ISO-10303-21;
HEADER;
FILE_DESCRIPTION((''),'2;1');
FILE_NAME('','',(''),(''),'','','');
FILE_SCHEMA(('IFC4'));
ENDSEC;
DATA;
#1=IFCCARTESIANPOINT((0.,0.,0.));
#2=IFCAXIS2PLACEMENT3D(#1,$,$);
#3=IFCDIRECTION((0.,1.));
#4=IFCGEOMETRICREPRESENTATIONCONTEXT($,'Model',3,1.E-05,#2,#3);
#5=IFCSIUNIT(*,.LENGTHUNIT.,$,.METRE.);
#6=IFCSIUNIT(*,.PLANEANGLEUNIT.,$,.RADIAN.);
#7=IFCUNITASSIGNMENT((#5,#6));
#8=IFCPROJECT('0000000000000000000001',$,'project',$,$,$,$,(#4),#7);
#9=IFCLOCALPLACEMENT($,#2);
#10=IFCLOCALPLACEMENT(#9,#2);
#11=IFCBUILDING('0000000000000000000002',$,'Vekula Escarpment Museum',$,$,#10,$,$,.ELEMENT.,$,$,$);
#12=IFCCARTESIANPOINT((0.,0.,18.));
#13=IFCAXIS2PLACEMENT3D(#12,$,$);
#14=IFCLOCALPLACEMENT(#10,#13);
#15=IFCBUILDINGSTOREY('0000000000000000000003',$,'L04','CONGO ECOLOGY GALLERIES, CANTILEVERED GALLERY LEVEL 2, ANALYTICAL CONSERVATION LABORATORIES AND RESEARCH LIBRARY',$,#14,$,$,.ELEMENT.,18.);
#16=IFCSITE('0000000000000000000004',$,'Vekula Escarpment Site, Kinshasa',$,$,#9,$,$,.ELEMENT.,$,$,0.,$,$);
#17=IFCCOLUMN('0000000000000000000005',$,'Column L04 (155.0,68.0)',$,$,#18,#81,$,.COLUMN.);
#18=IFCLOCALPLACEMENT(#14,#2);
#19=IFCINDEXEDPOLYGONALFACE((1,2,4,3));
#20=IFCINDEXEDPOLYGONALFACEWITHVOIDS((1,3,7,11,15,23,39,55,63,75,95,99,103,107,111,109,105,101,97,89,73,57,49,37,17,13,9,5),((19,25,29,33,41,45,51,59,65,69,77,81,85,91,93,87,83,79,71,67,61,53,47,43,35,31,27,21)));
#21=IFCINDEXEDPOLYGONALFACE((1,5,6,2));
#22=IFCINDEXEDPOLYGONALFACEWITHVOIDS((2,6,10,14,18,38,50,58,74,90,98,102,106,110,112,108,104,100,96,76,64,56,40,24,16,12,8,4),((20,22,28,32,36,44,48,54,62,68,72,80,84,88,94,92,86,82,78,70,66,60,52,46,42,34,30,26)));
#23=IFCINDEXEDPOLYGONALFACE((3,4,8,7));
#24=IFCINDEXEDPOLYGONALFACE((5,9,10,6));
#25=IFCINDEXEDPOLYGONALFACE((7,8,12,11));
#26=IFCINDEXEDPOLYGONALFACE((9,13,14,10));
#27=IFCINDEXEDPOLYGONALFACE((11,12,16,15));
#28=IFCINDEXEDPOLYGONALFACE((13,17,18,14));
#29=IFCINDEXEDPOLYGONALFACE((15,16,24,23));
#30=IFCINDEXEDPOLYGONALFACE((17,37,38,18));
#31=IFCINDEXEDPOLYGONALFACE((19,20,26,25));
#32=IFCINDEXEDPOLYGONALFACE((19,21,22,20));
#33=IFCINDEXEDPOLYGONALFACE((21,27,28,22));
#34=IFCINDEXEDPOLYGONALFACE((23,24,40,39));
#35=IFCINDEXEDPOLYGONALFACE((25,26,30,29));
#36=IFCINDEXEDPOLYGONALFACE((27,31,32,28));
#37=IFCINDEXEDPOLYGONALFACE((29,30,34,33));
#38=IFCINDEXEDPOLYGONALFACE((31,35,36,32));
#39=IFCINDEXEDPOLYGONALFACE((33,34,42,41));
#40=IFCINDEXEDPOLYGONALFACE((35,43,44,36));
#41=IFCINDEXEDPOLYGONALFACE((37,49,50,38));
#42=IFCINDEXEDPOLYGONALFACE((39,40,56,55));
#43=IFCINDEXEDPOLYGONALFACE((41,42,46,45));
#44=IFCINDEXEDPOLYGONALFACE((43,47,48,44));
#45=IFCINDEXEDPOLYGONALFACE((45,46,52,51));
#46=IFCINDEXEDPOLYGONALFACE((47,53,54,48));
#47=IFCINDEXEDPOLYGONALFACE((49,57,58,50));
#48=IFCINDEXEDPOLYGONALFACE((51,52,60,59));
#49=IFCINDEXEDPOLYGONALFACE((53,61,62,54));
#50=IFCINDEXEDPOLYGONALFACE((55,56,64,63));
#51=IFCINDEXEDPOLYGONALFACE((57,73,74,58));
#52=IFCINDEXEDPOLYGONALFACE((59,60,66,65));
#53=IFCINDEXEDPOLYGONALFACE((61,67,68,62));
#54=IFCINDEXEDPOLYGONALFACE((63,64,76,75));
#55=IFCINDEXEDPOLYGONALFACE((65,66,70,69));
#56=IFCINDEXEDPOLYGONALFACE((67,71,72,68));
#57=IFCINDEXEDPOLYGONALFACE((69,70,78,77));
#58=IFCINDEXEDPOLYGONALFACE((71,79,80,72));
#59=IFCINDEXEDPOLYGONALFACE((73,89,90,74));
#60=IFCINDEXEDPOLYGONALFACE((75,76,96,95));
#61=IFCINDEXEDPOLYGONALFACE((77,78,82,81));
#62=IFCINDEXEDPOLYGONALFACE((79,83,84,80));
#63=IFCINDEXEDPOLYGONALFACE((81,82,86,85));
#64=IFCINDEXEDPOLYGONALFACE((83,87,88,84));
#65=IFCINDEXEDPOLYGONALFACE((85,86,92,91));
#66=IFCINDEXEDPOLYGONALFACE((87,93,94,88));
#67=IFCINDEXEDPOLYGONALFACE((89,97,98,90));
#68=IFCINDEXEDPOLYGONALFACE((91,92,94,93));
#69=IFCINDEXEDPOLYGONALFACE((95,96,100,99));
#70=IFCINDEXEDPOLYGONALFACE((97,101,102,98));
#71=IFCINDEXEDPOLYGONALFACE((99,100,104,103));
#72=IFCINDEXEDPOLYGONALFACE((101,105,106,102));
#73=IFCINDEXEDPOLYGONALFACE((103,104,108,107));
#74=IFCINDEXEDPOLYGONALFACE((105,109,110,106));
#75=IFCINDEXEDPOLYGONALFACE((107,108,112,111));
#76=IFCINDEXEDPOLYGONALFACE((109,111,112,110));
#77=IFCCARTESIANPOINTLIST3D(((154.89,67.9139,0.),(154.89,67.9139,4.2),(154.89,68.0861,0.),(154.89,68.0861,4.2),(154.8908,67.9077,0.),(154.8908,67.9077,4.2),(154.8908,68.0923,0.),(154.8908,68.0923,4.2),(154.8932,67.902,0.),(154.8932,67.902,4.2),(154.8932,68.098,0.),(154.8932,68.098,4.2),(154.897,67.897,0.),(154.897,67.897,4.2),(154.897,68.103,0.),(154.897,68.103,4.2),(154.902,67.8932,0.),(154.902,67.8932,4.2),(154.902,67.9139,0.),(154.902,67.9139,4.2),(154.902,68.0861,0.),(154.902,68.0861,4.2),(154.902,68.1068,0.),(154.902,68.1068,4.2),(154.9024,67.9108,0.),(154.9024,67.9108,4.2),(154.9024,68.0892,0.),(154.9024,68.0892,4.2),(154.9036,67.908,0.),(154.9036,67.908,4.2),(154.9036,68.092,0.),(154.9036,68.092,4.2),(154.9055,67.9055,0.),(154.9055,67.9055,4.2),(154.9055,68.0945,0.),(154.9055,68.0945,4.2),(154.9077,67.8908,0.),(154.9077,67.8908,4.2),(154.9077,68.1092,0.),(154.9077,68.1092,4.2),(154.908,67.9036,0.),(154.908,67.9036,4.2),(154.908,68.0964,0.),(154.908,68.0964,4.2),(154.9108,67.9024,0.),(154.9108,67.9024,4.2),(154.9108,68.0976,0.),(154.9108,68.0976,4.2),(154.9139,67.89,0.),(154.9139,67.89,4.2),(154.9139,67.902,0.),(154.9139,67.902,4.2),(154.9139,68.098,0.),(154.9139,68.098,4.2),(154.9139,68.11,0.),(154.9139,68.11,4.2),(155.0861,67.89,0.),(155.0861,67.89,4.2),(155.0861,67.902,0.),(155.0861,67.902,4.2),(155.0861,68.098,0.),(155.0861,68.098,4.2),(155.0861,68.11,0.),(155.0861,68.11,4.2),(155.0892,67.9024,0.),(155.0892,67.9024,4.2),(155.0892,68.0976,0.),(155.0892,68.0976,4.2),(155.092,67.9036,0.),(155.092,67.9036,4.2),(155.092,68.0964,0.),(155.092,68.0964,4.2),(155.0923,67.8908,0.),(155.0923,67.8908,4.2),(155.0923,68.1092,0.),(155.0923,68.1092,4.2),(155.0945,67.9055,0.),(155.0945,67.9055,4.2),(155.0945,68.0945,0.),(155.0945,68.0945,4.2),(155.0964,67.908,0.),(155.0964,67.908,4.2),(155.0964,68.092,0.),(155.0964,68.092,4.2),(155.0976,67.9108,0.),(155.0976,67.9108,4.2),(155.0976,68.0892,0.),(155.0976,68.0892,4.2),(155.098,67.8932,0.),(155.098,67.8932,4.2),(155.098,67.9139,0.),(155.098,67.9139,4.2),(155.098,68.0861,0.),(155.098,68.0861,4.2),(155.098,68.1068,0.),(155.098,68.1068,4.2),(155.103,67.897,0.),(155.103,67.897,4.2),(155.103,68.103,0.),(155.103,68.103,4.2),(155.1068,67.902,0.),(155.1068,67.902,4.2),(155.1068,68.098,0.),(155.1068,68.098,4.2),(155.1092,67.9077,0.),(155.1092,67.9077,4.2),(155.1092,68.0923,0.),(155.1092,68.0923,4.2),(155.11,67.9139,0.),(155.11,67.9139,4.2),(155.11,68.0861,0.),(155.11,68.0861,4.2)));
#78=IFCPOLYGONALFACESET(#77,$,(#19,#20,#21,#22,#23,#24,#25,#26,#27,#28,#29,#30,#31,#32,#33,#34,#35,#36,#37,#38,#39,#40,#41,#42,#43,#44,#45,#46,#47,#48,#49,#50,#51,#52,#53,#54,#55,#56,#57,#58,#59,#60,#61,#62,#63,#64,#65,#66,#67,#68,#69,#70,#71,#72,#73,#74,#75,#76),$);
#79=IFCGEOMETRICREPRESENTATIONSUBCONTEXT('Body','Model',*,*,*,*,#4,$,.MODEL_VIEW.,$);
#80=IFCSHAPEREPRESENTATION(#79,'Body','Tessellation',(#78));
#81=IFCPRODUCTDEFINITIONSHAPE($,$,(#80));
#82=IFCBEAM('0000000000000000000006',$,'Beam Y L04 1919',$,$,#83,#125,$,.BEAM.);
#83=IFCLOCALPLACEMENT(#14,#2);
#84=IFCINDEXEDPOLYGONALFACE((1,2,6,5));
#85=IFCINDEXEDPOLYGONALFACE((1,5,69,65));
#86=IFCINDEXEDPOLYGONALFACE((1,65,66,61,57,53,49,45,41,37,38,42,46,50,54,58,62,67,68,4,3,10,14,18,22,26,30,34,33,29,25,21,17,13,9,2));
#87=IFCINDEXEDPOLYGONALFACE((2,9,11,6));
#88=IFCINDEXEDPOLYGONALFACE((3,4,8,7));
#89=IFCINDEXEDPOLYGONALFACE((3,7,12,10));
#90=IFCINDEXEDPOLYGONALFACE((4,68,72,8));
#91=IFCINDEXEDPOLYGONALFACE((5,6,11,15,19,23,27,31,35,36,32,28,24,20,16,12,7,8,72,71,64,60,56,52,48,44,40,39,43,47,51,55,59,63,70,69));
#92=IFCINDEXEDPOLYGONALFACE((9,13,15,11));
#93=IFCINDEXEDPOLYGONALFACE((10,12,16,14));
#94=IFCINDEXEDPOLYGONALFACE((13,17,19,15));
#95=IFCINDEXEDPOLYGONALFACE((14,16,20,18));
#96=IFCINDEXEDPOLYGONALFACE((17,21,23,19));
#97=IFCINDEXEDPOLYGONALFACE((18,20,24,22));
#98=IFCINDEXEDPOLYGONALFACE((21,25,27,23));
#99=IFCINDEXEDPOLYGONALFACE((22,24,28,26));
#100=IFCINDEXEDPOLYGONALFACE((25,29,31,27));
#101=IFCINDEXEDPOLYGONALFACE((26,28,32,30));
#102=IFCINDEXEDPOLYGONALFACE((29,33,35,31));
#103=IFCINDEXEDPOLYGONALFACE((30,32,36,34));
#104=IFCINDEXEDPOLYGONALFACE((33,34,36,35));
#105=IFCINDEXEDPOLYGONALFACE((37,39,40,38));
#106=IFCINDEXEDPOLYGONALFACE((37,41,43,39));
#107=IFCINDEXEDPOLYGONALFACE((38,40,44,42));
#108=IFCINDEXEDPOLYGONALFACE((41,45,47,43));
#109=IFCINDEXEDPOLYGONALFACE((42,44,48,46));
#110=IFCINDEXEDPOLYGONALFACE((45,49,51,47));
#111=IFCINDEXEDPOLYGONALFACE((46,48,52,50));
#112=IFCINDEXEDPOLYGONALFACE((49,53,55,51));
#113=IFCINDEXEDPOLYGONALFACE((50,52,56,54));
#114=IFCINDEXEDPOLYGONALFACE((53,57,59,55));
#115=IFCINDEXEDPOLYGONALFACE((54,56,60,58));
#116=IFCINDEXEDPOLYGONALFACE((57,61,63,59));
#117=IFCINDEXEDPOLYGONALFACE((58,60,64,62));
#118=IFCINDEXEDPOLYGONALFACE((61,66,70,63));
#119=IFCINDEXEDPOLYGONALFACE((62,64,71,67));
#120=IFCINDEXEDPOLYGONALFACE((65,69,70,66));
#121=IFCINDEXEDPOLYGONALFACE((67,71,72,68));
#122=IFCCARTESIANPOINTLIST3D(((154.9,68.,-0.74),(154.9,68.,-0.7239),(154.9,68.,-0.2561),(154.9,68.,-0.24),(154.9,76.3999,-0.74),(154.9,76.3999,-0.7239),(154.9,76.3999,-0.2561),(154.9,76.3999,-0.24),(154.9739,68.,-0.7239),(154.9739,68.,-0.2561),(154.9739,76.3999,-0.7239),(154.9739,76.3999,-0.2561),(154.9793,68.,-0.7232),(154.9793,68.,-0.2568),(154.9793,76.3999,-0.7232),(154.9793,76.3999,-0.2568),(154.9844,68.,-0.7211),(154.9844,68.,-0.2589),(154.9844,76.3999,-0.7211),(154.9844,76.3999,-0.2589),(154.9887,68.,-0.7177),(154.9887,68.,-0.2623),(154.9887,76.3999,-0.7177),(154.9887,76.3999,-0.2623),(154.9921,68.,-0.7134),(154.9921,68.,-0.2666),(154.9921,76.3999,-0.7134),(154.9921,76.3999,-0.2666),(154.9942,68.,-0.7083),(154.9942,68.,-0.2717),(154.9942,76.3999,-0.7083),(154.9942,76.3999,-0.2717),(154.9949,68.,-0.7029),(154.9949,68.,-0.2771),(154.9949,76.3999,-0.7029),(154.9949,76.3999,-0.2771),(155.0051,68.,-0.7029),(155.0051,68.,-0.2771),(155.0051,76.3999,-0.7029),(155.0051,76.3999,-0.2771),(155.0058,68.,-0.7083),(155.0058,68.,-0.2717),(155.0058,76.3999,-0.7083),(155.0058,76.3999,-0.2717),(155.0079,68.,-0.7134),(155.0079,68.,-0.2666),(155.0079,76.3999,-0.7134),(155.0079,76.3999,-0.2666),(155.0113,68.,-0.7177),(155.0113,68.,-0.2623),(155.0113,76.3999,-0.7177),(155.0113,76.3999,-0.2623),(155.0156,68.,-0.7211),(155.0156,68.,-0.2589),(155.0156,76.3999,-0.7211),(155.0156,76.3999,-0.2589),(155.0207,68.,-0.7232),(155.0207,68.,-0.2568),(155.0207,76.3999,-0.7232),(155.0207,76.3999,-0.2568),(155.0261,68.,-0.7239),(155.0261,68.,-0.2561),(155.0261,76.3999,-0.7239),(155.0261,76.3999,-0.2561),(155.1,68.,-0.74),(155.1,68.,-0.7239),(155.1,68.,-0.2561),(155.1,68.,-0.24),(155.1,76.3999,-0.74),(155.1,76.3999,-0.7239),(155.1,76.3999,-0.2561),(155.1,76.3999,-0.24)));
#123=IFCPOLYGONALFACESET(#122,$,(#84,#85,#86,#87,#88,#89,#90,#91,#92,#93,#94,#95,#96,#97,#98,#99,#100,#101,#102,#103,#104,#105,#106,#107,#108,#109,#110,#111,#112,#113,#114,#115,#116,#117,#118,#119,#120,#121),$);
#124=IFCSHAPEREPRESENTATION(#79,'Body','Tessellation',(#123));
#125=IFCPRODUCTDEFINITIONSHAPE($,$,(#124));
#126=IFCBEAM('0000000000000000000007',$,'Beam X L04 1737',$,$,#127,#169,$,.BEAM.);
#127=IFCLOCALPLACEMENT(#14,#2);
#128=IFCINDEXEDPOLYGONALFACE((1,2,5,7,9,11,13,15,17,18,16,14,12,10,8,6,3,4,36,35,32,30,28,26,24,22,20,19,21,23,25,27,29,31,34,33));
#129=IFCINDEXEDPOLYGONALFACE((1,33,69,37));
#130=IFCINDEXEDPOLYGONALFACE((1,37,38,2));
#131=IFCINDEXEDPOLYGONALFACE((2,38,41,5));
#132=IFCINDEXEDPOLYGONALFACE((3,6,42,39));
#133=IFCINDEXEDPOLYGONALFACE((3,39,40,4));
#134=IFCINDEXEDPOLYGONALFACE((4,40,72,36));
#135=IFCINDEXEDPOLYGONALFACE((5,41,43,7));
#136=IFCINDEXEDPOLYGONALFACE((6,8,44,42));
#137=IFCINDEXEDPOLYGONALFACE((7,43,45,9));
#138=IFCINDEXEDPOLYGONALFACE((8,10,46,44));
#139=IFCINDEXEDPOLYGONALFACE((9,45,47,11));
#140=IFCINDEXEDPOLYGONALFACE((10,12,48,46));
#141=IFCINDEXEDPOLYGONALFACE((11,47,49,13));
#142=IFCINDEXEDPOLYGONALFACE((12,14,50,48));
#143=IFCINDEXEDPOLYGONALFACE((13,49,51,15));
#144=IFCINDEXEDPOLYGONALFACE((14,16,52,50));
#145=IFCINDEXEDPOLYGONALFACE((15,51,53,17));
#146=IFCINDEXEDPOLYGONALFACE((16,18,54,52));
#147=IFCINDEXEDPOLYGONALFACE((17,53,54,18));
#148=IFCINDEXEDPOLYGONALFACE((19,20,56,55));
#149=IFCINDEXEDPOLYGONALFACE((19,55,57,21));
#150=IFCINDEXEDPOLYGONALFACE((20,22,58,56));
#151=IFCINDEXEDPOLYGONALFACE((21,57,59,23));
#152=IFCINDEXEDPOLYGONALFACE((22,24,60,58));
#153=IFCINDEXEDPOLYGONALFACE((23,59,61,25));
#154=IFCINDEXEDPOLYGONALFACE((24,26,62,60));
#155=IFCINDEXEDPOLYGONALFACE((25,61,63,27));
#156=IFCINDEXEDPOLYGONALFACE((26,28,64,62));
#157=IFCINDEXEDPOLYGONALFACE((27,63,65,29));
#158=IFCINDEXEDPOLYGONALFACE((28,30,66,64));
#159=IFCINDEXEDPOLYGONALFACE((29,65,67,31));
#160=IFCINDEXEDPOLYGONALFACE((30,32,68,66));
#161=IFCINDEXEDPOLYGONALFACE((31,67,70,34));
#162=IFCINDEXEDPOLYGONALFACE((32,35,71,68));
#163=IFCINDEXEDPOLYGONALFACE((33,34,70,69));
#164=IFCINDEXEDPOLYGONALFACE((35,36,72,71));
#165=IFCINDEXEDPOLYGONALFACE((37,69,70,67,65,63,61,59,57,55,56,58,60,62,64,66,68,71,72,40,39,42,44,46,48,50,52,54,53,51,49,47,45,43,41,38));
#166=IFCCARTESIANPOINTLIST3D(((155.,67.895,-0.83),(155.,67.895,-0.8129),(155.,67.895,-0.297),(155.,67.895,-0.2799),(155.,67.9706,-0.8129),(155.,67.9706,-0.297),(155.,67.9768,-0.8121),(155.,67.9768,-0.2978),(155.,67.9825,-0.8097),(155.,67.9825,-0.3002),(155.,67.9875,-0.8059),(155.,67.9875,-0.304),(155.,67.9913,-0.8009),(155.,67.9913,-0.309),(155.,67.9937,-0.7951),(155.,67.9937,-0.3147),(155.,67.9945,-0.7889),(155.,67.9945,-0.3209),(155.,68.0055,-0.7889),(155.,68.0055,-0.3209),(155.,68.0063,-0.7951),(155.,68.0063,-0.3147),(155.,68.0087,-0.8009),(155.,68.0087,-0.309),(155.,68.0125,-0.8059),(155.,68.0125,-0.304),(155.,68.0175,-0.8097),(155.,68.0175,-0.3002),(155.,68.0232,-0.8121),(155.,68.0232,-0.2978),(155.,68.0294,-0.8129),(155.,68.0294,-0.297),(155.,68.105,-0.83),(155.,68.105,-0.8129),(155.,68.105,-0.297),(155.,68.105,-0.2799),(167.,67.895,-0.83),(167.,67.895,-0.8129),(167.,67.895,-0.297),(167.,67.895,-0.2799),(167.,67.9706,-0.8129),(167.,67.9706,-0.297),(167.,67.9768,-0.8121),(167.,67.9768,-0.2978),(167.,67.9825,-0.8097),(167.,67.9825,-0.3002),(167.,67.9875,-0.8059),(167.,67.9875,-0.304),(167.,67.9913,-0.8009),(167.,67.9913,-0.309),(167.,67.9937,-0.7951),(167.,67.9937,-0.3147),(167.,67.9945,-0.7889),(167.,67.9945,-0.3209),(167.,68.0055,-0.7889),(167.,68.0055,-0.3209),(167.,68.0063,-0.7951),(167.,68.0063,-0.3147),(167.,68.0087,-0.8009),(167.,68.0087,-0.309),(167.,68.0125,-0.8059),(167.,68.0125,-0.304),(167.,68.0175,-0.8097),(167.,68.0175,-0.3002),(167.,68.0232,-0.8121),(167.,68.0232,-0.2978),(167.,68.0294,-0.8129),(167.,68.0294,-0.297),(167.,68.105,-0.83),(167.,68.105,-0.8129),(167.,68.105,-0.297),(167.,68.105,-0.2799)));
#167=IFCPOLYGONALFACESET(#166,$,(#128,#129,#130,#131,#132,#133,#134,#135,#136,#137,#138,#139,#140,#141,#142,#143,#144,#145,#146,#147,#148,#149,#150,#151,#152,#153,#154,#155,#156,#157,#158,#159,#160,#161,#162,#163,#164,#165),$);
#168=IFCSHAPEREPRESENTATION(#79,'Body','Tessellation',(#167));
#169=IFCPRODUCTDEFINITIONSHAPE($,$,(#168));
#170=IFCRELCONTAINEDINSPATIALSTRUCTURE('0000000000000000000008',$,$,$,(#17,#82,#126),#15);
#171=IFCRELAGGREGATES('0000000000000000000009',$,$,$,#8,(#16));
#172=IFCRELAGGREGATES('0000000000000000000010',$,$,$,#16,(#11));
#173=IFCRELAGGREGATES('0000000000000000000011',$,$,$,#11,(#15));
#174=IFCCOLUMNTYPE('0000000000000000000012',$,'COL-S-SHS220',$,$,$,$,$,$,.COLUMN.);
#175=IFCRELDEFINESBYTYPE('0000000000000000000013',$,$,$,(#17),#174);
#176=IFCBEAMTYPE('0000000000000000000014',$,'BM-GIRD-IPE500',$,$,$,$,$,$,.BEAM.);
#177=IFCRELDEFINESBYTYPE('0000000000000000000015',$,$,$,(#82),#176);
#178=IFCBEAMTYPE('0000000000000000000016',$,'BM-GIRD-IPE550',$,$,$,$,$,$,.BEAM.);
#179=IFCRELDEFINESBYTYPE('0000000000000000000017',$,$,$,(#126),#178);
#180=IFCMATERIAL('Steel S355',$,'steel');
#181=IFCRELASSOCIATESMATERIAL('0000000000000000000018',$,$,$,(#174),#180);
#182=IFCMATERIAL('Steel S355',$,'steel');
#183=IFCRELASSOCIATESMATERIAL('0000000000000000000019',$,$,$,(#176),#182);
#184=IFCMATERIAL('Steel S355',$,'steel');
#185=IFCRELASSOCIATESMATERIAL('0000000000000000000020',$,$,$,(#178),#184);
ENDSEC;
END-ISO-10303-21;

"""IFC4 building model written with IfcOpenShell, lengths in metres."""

from ifc_helpers import new_model, si_unit, direction, frame, origin, origin_2d, place, context, subcontext, project, spatial, hollow_rectangle, i_section, extrude, material, material_profile, profile_set, type_object, element, save


model = new_model("IFC4")

# Units and contexts
model_context = context("Model", 3, precision=1e-05, world=origin(), true_north=direction((0.0, 1.0)))
body_context = subcontext(model_context, "Body", "Model", "MODEL_VIEW")
ifc_project = project(units=[si_unit("LENGTHUNIT", "METRE"), si_unit("PLANEANGLEUNIT", "RADIAN")], contexts=[model_context])

# Site, building, storey
site_placement = place(None, origin())
site = spatial("IfcSite", under=ifc_project, at=site_placement, Name="Vekula Escarpment Site, Kinshasa", CompositionType="ELEMENT", RefElevation=0.0)
building_placement = place(site_placement, origin())
building = spatial("IfcBuilding", under=site, at=building_placement, Name="Vekula Escarpment Museum", CompositionType="ELEMENT")
storey_placement = place(building_placement, frame((0.0, 0.0, 18.0)))
storey = spatial("IfcBuildingStorey", under=building, at=storey_placement, Name="L04", Description="CONGO ECOLOGY GALLERIES, CANTILEVERED GALLERY LEVEL 2, ANALYTICAL CONSERVATION LABORATORIES AND RESEARCH LIBRARY", CompositionType="ELEMENT", Elevation=18.0)

# Column
ifc_material_1 = material(Name="Steel S355", Category="steel")
ifc_material_profile_1 = material_profile(ifc_material_1, hollow_rectangle(XDim=0.22, YDim=0.22, WallThickness=0.012, InnerFilletRadius=0.012, OuterFilletRadius=0.0239, at=origin_2d()), Name="SHS 220x220x12")
ifc_profile_set_1 = profile_set([ifc_material_profile_1], Name="Steel S355")
column_type = type_object("IfcColumnType", Name="COL-S-SHS220", PredefinedType="COLUMN", material=ifc_profile_set_1)
column_placement = place(storey_placement, frame((155.0, 68.0, 0.0), z_axis=(0.0, 0.0, 1.0), x_axis=(1.0, 0.0, 0.0)))
element("IfcColumn", 1, at=column_placement, inside=storey, type_object=column_type, Name="Column L04 (155.0,68.0)", PredefinedType="COLUMN", context=body_context, shape_type="SweptSolid", body=[
    extrude(hollow_rectangle(XDim=0.22, YDim=0.22, WallThickness=0.012, InnerFilletRadius=0.012, OuterFilletRadius=0.0239, at=origin_2d()), origin(), (0.0, 0.0, 1.0), 4.2),
])

# Beams
ifc_material_2 = material(Name="Steel S355", Category="steel")
ifc_material_profile_2 = material_profile(ifc_material_2, i_section(OverallWidth=0.2, OverallDepth=0.5, WebThickness=0.0103, FlangeThickness=0.0161, FilletRadius=0.021, at=origin_2d()), Name="IPE 500")
ifc_profile_set_2 = profile_set([ifc_material_profile_2], Name="Steel S355")
beam_type_1 = type_object("IfcBeamType", Name="BM-GIRD-IPE500", PredefinedType="BEAM", material=ifc_profile_set_2)
beam_1_placement = place(storey_placement, frame((155.0, 68.0, -0.49), z_axis=(0.0, 1.0, 0.0), x_axis=(-1.0, 0.0, 0.0)))
element("IfcBeam", 2, at=beam_1_placement, inside=storey, type_object=beam_type_1, Name="Beam Y L04 1919", PredefinedType="BEAM", context=body_context, shape_type="SweptSolid", body=[
    extrude(i_section(OverallWidth=0.2, OverallDepth=0.5, WebThickness=0.0103, FlangeThickness=0.0161, FilletRadius=0.021, at=origin_2d()), origin(), (0.0, 0.0, 1.0), 8.3999),
])
ifc_material_3 = material(Name="Steel S355", Category="steel")
ifc_material_profile_3 = material_profile(ifc_material_3, i_section(OverallWidth=0.21, OverallDepth=0.55, WebThickness=0.011, FlangeThickness=0.0171, FilletRadius=0.0239, at=origin_2d()), Name="IPE 550")
ifc_profile_set_3 = profile_set([ifc_material_profile_3], Name="Steel S355")
beam_type_2 = type_object("IfcBeamType", Name="BM-GIRD-IPE550", PredefinedType="BEAM", material=ifc_profile_set_3)
beam_2_placement = place(storey_placement, frame((155.0, 68.0, -0.5549), z_axis=(1.0, 0.0, 0.0), x_axis=(0.0, 1.0, 0.0)))
element("IfcBeam", 3, at=beam_2_placement, inside=storey, type_object=beam_type_2, Name="Beam X L04 1737", PredefinedType="BEAM", context=body_context, shape_type="SweptSolid", body=[
    extrude(i_section(OverallWidth=0.21, OverallDepth=0.55, WebThickness=0.011, FlangeThickness=0.0171, FilletRadius=0.0239, at=origin_2d()), origin(), (0.0, 0.0, 1.0), 12.0),
])

save(model, "model.ifc")
